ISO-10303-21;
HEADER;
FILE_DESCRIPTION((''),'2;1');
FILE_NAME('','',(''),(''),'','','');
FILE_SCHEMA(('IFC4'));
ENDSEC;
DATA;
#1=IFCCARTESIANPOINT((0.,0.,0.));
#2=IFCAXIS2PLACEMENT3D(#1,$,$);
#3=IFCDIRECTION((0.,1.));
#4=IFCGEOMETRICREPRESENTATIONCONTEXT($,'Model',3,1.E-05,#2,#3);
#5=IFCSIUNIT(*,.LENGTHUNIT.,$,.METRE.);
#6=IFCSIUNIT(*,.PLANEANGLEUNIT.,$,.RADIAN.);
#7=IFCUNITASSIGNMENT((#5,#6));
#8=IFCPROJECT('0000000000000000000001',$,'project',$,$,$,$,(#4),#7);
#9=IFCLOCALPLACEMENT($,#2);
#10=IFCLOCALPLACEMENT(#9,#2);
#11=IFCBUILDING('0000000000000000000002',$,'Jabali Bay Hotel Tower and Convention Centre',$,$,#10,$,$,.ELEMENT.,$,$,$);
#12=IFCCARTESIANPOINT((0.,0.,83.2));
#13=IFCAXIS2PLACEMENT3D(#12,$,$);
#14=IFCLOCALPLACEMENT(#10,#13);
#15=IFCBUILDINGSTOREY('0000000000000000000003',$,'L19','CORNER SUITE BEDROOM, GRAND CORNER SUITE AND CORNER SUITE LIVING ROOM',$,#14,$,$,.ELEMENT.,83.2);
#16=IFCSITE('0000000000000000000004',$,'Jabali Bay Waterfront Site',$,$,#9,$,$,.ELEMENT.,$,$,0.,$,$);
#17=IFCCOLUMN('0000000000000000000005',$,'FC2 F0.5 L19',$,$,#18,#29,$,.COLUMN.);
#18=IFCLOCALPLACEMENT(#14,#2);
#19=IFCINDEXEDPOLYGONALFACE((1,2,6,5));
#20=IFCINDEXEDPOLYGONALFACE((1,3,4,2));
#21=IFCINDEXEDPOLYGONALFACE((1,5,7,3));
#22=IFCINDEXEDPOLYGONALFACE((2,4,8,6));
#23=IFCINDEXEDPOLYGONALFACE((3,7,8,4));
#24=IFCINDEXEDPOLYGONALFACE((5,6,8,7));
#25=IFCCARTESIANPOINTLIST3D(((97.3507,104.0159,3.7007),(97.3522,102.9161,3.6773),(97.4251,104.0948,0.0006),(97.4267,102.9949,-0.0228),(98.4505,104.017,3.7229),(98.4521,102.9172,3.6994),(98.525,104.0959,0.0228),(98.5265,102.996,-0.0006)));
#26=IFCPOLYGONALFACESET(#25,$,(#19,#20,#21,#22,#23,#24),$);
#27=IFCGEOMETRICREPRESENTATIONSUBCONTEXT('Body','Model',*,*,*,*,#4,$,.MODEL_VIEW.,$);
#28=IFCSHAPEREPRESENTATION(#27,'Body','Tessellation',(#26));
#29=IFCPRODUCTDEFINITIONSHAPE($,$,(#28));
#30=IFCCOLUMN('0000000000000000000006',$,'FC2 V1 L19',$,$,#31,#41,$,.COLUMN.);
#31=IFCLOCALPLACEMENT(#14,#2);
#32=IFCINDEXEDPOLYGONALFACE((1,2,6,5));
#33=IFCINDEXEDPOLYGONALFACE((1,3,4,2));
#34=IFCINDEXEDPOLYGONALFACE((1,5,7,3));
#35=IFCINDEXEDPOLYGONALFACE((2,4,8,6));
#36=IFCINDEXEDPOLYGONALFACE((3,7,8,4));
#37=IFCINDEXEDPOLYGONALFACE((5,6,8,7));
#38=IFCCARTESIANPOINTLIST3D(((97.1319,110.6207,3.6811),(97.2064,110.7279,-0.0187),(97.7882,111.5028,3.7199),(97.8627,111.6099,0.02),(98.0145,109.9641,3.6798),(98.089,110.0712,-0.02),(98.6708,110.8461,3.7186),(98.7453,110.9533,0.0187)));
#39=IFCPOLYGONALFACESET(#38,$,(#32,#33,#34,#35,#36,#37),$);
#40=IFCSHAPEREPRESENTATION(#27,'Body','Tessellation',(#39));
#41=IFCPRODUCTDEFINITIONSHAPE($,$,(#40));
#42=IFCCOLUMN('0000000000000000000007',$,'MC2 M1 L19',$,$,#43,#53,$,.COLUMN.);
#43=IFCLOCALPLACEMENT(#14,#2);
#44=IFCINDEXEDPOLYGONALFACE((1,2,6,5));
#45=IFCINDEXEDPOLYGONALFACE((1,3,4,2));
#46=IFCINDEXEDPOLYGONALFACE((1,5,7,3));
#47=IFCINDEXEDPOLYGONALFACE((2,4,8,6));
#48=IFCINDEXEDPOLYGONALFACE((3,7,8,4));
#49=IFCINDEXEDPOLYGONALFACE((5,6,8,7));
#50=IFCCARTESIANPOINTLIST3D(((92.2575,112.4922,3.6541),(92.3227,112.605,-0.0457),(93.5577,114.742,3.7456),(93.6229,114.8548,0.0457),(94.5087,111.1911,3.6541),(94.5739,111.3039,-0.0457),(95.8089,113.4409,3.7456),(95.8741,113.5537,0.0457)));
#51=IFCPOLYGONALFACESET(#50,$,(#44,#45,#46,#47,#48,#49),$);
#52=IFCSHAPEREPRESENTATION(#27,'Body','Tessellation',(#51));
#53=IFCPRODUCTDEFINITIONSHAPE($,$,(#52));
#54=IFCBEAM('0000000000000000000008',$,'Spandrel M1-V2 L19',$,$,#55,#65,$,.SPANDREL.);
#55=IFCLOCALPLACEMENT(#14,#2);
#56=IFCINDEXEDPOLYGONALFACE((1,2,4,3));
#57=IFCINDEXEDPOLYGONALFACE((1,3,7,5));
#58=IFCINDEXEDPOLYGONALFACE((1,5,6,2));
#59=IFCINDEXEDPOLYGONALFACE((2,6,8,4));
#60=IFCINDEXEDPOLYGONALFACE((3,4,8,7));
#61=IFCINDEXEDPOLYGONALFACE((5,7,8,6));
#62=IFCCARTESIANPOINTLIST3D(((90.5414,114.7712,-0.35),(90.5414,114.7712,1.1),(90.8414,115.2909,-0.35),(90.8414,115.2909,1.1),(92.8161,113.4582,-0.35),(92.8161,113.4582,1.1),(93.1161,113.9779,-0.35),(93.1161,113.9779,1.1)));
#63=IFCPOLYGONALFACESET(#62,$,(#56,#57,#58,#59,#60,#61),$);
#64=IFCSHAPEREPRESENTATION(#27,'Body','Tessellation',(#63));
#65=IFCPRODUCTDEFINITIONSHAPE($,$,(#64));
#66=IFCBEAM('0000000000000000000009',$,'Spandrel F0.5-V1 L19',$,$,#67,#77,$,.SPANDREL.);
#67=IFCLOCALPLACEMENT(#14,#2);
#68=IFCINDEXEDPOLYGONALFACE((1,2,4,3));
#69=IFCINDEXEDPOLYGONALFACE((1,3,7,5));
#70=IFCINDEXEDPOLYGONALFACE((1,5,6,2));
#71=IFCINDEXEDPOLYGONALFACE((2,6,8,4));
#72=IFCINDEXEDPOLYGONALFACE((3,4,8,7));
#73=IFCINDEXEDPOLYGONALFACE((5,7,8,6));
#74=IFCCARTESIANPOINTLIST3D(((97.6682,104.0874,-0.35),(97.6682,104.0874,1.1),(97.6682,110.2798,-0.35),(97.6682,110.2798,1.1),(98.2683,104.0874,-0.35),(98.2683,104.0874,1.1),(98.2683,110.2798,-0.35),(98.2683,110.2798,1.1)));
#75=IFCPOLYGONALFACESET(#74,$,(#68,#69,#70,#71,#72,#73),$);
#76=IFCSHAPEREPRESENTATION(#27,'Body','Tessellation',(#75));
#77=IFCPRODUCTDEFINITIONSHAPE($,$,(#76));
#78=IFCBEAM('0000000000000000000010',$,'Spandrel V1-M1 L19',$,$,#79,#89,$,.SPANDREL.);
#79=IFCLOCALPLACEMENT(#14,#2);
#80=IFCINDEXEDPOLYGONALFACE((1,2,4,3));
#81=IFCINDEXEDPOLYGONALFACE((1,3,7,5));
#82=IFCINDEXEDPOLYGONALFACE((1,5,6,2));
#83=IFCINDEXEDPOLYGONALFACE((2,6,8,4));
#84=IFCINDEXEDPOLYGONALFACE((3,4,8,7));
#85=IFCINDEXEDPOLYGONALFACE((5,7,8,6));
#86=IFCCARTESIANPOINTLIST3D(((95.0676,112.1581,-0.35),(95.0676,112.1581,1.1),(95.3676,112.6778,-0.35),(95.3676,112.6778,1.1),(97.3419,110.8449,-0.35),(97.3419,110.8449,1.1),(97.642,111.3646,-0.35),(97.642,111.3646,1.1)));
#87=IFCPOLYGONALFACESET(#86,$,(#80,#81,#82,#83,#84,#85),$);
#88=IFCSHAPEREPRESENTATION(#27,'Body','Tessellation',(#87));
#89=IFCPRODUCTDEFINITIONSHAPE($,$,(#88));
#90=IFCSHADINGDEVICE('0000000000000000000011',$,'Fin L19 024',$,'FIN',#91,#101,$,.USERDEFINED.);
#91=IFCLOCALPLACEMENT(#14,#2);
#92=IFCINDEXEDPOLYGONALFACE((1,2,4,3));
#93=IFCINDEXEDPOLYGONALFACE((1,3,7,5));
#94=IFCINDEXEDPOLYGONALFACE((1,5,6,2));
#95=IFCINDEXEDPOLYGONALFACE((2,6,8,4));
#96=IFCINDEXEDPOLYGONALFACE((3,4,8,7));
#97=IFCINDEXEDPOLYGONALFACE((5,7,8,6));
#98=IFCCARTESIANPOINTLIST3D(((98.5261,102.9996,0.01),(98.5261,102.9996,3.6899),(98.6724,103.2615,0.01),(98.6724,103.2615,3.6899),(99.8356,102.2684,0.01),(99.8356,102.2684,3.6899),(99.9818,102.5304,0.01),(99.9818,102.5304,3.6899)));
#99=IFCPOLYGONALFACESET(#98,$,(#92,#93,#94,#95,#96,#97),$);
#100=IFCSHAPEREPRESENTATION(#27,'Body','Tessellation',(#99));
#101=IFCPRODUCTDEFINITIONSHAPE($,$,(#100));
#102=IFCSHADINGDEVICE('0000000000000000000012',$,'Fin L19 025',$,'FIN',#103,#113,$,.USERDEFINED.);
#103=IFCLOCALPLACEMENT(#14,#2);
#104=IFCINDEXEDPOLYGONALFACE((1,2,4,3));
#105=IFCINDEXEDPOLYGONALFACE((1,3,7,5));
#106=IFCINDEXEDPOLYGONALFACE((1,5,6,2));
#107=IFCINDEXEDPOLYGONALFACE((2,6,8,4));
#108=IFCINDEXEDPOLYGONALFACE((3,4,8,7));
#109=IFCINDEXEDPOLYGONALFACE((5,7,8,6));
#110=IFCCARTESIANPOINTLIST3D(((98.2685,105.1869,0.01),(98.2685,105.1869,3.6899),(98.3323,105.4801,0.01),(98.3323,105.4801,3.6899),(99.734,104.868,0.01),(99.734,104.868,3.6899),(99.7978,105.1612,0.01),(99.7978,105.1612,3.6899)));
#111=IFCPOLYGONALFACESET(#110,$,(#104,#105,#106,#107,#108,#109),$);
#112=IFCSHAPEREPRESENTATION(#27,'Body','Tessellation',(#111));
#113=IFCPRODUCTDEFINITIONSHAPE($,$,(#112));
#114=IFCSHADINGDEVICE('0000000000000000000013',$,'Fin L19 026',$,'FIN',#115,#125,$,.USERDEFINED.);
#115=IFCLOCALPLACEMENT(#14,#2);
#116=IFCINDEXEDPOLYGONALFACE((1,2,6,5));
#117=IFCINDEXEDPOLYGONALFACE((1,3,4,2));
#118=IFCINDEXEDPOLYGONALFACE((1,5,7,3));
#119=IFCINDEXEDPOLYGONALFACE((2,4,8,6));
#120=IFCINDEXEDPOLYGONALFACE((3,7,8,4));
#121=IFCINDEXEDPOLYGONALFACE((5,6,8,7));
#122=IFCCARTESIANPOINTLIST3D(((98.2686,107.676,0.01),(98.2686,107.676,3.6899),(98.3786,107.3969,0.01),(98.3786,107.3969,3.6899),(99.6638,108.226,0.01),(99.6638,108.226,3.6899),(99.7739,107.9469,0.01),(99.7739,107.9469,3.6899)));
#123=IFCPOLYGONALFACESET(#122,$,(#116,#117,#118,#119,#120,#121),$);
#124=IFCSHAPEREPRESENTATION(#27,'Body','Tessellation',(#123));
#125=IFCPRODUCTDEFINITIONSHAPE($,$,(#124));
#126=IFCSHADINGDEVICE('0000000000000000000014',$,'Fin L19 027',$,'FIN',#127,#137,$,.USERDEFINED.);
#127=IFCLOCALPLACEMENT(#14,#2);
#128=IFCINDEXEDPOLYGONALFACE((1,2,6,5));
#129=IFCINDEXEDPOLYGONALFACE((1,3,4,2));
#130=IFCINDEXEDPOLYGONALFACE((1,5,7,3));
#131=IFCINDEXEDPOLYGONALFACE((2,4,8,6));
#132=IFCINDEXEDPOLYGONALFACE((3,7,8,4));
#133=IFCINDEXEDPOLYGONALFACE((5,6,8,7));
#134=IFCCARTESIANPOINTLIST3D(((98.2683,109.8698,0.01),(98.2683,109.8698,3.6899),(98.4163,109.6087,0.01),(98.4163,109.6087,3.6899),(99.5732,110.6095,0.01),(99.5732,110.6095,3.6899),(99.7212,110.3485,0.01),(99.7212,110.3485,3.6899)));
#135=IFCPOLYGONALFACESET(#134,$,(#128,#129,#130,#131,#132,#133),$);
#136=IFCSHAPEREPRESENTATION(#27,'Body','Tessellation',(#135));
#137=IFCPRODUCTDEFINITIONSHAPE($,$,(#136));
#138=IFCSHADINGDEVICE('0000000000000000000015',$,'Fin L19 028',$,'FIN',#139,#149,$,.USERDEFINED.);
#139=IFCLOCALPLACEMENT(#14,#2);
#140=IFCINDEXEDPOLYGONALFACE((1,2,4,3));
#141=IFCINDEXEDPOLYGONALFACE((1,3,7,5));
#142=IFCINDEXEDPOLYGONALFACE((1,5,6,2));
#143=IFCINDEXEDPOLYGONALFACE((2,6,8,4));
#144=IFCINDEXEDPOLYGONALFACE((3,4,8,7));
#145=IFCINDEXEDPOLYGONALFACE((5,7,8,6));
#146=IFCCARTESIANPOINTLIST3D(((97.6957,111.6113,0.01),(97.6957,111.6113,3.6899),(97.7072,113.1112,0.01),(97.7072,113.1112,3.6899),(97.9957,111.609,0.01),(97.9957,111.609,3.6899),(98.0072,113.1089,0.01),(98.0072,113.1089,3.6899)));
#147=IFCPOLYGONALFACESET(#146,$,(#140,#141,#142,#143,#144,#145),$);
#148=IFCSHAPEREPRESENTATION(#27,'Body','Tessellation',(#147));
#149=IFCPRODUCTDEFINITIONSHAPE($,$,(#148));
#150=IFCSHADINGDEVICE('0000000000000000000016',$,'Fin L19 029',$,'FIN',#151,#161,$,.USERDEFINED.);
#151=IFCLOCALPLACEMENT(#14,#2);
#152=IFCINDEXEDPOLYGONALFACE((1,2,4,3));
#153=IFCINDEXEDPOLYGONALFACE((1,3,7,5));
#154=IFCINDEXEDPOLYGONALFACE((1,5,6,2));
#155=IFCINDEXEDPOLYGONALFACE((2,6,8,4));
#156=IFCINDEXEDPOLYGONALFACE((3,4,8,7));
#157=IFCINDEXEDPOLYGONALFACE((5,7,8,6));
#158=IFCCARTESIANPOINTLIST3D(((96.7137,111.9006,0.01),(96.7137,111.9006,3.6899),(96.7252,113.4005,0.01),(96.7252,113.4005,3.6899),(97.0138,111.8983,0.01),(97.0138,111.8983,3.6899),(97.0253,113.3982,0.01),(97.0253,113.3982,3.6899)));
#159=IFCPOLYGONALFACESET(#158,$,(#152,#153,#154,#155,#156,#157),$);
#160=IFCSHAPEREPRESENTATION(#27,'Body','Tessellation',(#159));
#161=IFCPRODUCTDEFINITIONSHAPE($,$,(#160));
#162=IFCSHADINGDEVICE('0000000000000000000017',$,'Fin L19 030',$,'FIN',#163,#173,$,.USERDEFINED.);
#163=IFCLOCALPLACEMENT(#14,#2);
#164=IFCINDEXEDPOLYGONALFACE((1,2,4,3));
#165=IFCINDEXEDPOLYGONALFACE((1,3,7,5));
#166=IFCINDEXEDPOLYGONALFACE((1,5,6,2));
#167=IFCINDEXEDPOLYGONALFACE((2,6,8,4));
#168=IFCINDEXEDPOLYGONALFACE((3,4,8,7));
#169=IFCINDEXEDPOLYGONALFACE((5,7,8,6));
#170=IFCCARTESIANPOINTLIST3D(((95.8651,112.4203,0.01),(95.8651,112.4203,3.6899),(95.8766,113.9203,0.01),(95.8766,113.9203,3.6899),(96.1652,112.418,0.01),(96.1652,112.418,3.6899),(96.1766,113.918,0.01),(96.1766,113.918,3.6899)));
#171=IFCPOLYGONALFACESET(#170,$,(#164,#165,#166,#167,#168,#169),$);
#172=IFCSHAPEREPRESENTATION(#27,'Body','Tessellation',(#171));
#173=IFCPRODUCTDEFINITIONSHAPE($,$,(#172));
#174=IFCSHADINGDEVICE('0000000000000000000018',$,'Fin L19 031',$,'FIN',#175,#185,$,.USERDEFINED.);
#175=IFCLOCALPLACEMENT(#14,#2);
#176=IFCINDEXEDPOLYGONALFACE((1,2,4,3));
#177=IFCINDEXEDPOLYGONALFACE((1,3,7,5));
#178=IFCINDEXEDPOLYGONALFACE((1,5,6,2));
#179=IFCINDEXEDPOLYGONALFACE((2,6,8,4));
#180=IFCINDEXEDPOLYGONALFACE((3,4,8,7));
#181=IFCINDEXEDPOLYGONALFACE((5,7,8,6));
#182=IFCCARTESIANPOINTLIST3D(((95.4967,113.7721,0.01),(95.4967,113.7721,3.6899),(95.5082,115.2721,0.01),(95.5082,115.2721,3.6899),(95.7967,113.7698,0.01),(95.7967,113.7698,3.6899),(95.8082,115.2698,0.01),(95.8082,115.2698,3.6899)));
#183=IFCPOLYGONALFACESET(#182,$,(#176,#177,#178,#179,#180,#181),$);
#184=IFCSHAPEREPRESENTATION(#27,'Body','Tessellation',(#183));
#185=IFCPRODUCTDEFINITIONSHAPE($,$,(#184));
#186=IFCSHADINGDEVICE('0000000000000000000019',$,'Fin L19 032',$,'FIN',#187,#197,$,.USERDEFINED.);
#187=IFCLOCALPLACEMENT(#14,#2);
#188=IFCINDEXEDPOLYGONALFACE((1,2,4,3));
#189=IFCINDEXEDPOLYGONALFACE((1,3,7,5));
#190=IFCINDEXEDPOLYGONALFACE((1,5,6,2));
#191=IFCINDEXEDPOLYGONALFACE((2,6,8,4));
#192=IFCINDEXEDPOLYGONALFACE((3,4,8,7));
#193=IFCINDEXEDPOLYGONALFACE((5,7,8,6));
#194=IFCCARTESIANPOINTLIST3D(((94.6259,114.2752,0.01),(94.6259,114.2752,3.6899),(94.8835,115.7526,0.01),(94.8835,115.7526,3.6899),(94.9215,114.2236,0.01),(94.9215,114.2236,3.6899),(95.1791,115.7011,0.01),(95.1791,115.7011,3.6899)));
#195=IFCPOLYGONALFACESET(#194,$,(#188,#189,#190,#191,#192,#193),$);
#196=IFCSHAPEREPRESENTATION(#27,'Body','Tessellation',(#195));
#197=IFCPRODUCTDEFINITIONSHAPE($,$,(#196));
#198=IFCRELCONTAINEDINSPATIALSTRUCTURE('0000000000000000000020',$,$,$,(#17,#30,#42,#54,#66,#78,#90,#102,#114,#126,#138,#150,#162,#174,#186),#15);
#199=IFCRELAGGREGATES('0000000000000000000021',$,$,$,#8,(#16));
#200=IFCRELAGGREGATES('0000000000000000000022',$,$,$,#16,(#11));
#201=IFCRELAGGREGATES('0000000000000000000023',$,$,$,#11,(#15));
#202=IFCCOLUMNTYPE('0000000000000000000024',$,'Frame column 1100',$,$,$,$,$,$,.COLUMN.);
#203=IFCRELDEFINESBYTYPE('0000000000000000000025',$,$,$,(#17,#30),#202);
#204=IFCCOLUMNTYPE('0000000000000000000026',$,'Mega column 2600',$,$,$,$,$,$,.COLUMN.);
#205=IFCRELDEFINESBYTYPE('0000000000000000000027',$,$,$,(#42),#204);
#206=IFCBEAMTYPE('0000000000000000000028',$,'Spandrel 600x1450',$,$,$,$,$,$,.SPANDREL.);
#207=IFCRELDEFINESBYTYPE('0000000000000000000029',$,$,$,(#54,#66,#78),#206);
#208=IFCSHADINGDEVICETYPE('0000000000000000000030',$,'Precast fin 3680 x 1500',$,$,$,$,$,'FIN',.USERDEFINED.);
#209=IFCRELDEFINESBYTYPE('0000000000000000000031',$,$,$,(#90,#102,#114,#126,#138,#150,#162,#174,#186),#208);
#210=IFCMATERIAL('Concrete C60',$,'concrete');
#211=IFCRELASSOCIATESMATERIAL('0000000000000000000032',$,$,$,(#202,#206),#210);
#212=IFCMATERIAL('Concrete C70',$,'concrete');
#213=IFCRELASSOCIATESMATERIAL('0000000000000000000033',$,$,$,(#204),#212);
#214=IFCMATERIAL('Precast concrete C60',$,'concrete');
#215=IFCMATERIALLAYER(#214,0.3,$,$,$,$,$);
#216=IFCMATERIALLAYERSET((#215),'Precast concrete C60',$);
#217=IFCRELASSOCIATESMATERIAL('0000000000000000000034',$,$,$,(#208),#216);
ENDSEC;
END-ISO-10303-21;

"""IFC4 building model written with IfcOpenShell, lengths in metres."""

from ifc_helpers import new_model, si_unit, direction, frame, frame_2d, origin, origin_2d, place, context, subcontext, project, spatial, rectangle, extrude, material, layer, layer_set, material_profile, profile_set, type_object, element, save


model = new_model("IFC4")

# Units and contexts
model_context = context("Model", 3, precision=1e-05, world=origin(), true_north=direction((0.0, 1.0)))
body_context = subcontext(model_context, "Body", "Model", "MODEL_VIEW")
ifc_project = project(units=[si_unit("LENGTHUNIT", "METRE"), si_unit("PLANEANGLEUNIT", "RADIAN")], contexts=[model_context])

# Site, building, storey
site_placement = place(None, origin())
site = spatial("IfcSite", under=ifc_project, at=site_placement, Name="Jabali Bay Waterfront Site", CompositionType="ELEMENT", RefElevation=0.0)
building_placement = place(site_placement, origin())
building = spatial("IfcBuilding", under=site, at=building_placement, Name="Jabali Bay Hotel Tower and Convention Centre", CompositionType="ELEMENT")
storey_placement = place(building_placement, frame((0.0, 0.0, 83.2)))
storey = spatial("IfcBuildingStorey", under=building, at=storey_placement, Name="L19", Description="CORNER SUITE BEDROOM, GRAND CORNER SUITE AND CORNER SUITE LIVING ROOM", CompositionType="ELEMENT", Elevation=83.2)

# Columns
ifc_material_1 = material(Name="Concrete C60", Category="concrete")
ifc_material_profile_1 = material_profile(ifc_material_1, rectangle(XDim=1.1001, YDim=1.1001, at=origin_2d()), Name="Frame column 1100")
ifc_profile_set_1 = profile_set([ifc_material_profile_1], Name="Concrete C60")
column_type_1 = type_object("IfcColumnType", Name="Frame column 1100", PredefinedType="COLUMN", material=ifc_profile_set_1)
column_1_placement = place(storey_placement, frame((97.9758, 103.5454, 0.0), z_axis=(-0.020117, -0.021304, 0.999571), x_axis=(0.999797, 0.000976, 0.020142)))
element("IfcColumn", 1, at=column_1_placement, inside=storey, type_object=column_type_1, Name="FC2 F0.5 L19", PredefinedType="COLUMN", context=body_context, shape_type="SweptSolid", body=[
    extrude(rectangle(XDim=1.1001, YDim=1.1001, at=origin_2d()), origin(), (0.0, 0.0, 1.0), 3.7017),
])
column_2_placement = place(storey_placement, frame((97.9758, 110.8406, 0.0), z_axis=(-0.020113, -0.028949, 0.999379), x_axis=(0.596568, 0.801789, 0.035232)))
element("IfcColumn", 2, at=column_2_placement, inside=storey, type_object=column_type_1, Name="FC2 V1 L19", PredefinedType="COLUMN", context=body_context, shape_type="SweptSolid", body=[
    extrude(rectangle(XDim=1.1001, YDim=1.1001, at=origin_2d()), origin(), (0.0, 0.0, 1.0), 3.7021),
])
ifc_material_2 = material(Name="Concrete C70", Category="concrete")
ifc_material_profile_2 = material_profile(ifc_material_2, rectangle(XDim=2.6001, YDim=2.6001, at=origin_2d()), Name="Mega column 2600")
ifc_profile_set_2 = profile_set([ifc_material_profile_2], Name="Concrete C70")
column_type_2 = type_object("IfcColumnType", Name="Mega column 2600", PredefinedType="COLUMN", material=ifc_profile_set_2)
column_3_placement = place(storey_placement, frame((94.0984, 113.0793, 0.0), z_axis=(-0.017607, -0.030466, 0.999381), x_axis=(0.865811, -0.500371, 0.0)))
element("IfcColumn", 3, at=column_3_placement, inside=storey, type_object=column_type_2, Name="MC2 M1 L19", PredefinedType="COLUMN", context=body_context, shape_type="SweptSolid", body=[
    extrude(rectangle(XDim=2.6001, YDim=2.6001, at=origin_2d()), origin(), (0.0, 0.0, 1.0), 3.7021),
])

# Beams
ifc_material_profile_3 = material_profile(ifc_material_1, rectangle(XDim=0.6001, YDim=1.45, at=origin_2d()), Name="Spandrel 600x1450")
ifc_profile_set_3 = profile_set([ifc_material_profile_3], Name="Concrete C60")
beam_type = type_object("IfcBeamType", Name="Spandrel 600x1450", PredefinedType="SPANDREL", material=ifc_profile_set_3)
beam_1_placement = place(storey_placement, frame((92.9661, 113.718, 0.375), z_axis=(-0.866073, 0.499918, 0.0), x_axis=(-0.499918, -0.866073, 0.0)))
element("IfcBeam", 4, at=beam_1_placement, inside=storey, type_object=beam_type, Name="Spandrel M1-V2 L19", PredefinedType="SPANDREL", context=body_context, shape_type="SweptSolid", body=[
    extrude(rectangle(XDim=0.6001, YDim=1.45, at=origin_2d()), origin(), (0.0, 0.0, 1.0), 2.6265),
])
beam_2_placement = place(storey_placement, frame((97.9683, 104.0874, 0.375), z_axis=(0.0, 1.0, 0.0), x_axis=(-1.0, 0.0, 0.0)))
element("IfcBeam", 5, at=beam_2_placement, inside=storey, type_object=beam_type, Name="Spandrel F0.5-V1 L19", PredefinedType="SPANDREL", context=body_context, shape_type="SweptSolid", body=[
    extrude(rectangle(XDim=0.6001, YDim=1.45, at=origin_2d()), origin(), (0.0, 0.0, 1.0), 6.1924),
])
beam_3_placement = place(storey_placement, frame((97.4919, 111.1047, 0.375), z_axis=(-0.866009, 0.500028, 0.0), x_axis=(-0.500028, -0.866009, 0.0)))
element("IfcBeam", 6, at=beam_3_placement, inside=storey, type_object=beam_type, Name="Spandrel V1-M1 L19", PredefinedType="SPANDREL", context=body_context, shape_type="SweptSolid", body=[
    extrude(rectangle(XDim=0.6001, YDim=1.45, at=origin_2d()), origin(), (0.0, 0.0, 1.0), 2.6262),
])

# Shading devices
ifc_material_3 = material(Name="Precast concrete C60", Category="concrete")
ifc_layer_1 = layer(ifc_material_3, 0.3)
ifc_layer_set_1 = layer_set([ifc_layer_1], Name="Precast concrete C60")
shading_device_type = type_object("IfcShadingDeviceType", Name="Precast fin 3680 x 1500", ElementType="FIN", PredefinedType="USERDEFINED", material=ifc_layer_set_1)
for number, where, z_axis, x_axis, name in (
    (7, (98.5991, 103.1306, 0.01), (0.0, 0.0, 1.0), (0.873119, -0.487508, 0.0), "Fin L19 024"),
    (8, (98.3003, 105.3335, 0.01), (0.0, 0.0, 1.0), (0.977143, -0.212585, 0.0), "Fin L19 025"),
    (9, (98.3235, 107.5364, 0.01), (0.0, 0.0, 1.0), (0.930318, 0.366755, 0.0), "Fin L19 026"),
):
    element("IfcShadingDevice", number, at=place(storey_placement, frame(where, z_axis=z_axis, x_axis=x_axis)), inside=storey, type_object=shading_device_type, Name=name, ObjectType="FIN", PredefinedType="USERDEFINED", context=body_context, shape_type="SweptSolid", body=[
        extrude(rectangle(XDim=1.4998, YDim=0.3, at=frame_2d((0.75, 0.0))), origin(), (0.0, 0.0, 1.0), 3.6799),
    ])
for number, where, z_axis, x_axis, name in (
    (10, (98.3423, 109.7393, 0.01), (0.0, 0.0, 1.0), (0.869941, 0.493156, 0.0), "Fin L19 027"),
    (11, (97.8457, 111.6101, 0.01), (0.0, 0.0, 1.0), (0.00765, 0.999971, 0.0), "Fin L19 028"),
    (12, (96.8638, 111.8994, 0.01), (0.0, 0.0, 1.0), (0.00765, 0.999971, 0.0), "Fin L19 029"),
    (13, (96.0151, 112.4192, 0.01), (0.0, 0.0, 1.0), (0.00765, 0.999971, 0.0), "Fin L19 030"),
    (14, (95.6467, 113.771, 0.01), (0.0, 0.0, 1.0), (0.00765, 0.999971, 0.0), "Fin L19 031"),
):
    element("IfcShadingDevice", number, at=place(storey_placement, frame(where, z_axis=z_axis, x_axis=x_axis)), inside=storey, type_object=shading_device_type, Name=name, ObjectType="FIN", PredefinedType="USERDEFINED", context=body_context, shape_type="SweptSolid", body=[
        extrude(rectangle(XDim=1.5, YDim=0.3, at=frame_2d((0.75, 0.0))), origin(), (0.0, 0.0, 1.0), 3.6799),
    ])
shading_device_1_placement = place(storey_placement, frame((94.7737, 114.2493, 0.01), z_axis=(0.0, 0.0, 1.0), x_axis=(0.171733, 0.985144, 0.0)))
element("IfcShadingDevice", 15, at=shading_device_1_placement, inside=storey, type_object=shading_device_type, Name="Fin L19 032", ObjectType="FIN", PredefinedType="USERDEFINED", context=body_context, shape_type="SweptSolid", body=[
    extrude(rectangle(XDim=1.4998, YDim=0.3, at=frame_2d((0.75, 0.0))), origin(), (0.0, 0.0, 1.0), 3.6799),
])

save(model, "model.ifc")
